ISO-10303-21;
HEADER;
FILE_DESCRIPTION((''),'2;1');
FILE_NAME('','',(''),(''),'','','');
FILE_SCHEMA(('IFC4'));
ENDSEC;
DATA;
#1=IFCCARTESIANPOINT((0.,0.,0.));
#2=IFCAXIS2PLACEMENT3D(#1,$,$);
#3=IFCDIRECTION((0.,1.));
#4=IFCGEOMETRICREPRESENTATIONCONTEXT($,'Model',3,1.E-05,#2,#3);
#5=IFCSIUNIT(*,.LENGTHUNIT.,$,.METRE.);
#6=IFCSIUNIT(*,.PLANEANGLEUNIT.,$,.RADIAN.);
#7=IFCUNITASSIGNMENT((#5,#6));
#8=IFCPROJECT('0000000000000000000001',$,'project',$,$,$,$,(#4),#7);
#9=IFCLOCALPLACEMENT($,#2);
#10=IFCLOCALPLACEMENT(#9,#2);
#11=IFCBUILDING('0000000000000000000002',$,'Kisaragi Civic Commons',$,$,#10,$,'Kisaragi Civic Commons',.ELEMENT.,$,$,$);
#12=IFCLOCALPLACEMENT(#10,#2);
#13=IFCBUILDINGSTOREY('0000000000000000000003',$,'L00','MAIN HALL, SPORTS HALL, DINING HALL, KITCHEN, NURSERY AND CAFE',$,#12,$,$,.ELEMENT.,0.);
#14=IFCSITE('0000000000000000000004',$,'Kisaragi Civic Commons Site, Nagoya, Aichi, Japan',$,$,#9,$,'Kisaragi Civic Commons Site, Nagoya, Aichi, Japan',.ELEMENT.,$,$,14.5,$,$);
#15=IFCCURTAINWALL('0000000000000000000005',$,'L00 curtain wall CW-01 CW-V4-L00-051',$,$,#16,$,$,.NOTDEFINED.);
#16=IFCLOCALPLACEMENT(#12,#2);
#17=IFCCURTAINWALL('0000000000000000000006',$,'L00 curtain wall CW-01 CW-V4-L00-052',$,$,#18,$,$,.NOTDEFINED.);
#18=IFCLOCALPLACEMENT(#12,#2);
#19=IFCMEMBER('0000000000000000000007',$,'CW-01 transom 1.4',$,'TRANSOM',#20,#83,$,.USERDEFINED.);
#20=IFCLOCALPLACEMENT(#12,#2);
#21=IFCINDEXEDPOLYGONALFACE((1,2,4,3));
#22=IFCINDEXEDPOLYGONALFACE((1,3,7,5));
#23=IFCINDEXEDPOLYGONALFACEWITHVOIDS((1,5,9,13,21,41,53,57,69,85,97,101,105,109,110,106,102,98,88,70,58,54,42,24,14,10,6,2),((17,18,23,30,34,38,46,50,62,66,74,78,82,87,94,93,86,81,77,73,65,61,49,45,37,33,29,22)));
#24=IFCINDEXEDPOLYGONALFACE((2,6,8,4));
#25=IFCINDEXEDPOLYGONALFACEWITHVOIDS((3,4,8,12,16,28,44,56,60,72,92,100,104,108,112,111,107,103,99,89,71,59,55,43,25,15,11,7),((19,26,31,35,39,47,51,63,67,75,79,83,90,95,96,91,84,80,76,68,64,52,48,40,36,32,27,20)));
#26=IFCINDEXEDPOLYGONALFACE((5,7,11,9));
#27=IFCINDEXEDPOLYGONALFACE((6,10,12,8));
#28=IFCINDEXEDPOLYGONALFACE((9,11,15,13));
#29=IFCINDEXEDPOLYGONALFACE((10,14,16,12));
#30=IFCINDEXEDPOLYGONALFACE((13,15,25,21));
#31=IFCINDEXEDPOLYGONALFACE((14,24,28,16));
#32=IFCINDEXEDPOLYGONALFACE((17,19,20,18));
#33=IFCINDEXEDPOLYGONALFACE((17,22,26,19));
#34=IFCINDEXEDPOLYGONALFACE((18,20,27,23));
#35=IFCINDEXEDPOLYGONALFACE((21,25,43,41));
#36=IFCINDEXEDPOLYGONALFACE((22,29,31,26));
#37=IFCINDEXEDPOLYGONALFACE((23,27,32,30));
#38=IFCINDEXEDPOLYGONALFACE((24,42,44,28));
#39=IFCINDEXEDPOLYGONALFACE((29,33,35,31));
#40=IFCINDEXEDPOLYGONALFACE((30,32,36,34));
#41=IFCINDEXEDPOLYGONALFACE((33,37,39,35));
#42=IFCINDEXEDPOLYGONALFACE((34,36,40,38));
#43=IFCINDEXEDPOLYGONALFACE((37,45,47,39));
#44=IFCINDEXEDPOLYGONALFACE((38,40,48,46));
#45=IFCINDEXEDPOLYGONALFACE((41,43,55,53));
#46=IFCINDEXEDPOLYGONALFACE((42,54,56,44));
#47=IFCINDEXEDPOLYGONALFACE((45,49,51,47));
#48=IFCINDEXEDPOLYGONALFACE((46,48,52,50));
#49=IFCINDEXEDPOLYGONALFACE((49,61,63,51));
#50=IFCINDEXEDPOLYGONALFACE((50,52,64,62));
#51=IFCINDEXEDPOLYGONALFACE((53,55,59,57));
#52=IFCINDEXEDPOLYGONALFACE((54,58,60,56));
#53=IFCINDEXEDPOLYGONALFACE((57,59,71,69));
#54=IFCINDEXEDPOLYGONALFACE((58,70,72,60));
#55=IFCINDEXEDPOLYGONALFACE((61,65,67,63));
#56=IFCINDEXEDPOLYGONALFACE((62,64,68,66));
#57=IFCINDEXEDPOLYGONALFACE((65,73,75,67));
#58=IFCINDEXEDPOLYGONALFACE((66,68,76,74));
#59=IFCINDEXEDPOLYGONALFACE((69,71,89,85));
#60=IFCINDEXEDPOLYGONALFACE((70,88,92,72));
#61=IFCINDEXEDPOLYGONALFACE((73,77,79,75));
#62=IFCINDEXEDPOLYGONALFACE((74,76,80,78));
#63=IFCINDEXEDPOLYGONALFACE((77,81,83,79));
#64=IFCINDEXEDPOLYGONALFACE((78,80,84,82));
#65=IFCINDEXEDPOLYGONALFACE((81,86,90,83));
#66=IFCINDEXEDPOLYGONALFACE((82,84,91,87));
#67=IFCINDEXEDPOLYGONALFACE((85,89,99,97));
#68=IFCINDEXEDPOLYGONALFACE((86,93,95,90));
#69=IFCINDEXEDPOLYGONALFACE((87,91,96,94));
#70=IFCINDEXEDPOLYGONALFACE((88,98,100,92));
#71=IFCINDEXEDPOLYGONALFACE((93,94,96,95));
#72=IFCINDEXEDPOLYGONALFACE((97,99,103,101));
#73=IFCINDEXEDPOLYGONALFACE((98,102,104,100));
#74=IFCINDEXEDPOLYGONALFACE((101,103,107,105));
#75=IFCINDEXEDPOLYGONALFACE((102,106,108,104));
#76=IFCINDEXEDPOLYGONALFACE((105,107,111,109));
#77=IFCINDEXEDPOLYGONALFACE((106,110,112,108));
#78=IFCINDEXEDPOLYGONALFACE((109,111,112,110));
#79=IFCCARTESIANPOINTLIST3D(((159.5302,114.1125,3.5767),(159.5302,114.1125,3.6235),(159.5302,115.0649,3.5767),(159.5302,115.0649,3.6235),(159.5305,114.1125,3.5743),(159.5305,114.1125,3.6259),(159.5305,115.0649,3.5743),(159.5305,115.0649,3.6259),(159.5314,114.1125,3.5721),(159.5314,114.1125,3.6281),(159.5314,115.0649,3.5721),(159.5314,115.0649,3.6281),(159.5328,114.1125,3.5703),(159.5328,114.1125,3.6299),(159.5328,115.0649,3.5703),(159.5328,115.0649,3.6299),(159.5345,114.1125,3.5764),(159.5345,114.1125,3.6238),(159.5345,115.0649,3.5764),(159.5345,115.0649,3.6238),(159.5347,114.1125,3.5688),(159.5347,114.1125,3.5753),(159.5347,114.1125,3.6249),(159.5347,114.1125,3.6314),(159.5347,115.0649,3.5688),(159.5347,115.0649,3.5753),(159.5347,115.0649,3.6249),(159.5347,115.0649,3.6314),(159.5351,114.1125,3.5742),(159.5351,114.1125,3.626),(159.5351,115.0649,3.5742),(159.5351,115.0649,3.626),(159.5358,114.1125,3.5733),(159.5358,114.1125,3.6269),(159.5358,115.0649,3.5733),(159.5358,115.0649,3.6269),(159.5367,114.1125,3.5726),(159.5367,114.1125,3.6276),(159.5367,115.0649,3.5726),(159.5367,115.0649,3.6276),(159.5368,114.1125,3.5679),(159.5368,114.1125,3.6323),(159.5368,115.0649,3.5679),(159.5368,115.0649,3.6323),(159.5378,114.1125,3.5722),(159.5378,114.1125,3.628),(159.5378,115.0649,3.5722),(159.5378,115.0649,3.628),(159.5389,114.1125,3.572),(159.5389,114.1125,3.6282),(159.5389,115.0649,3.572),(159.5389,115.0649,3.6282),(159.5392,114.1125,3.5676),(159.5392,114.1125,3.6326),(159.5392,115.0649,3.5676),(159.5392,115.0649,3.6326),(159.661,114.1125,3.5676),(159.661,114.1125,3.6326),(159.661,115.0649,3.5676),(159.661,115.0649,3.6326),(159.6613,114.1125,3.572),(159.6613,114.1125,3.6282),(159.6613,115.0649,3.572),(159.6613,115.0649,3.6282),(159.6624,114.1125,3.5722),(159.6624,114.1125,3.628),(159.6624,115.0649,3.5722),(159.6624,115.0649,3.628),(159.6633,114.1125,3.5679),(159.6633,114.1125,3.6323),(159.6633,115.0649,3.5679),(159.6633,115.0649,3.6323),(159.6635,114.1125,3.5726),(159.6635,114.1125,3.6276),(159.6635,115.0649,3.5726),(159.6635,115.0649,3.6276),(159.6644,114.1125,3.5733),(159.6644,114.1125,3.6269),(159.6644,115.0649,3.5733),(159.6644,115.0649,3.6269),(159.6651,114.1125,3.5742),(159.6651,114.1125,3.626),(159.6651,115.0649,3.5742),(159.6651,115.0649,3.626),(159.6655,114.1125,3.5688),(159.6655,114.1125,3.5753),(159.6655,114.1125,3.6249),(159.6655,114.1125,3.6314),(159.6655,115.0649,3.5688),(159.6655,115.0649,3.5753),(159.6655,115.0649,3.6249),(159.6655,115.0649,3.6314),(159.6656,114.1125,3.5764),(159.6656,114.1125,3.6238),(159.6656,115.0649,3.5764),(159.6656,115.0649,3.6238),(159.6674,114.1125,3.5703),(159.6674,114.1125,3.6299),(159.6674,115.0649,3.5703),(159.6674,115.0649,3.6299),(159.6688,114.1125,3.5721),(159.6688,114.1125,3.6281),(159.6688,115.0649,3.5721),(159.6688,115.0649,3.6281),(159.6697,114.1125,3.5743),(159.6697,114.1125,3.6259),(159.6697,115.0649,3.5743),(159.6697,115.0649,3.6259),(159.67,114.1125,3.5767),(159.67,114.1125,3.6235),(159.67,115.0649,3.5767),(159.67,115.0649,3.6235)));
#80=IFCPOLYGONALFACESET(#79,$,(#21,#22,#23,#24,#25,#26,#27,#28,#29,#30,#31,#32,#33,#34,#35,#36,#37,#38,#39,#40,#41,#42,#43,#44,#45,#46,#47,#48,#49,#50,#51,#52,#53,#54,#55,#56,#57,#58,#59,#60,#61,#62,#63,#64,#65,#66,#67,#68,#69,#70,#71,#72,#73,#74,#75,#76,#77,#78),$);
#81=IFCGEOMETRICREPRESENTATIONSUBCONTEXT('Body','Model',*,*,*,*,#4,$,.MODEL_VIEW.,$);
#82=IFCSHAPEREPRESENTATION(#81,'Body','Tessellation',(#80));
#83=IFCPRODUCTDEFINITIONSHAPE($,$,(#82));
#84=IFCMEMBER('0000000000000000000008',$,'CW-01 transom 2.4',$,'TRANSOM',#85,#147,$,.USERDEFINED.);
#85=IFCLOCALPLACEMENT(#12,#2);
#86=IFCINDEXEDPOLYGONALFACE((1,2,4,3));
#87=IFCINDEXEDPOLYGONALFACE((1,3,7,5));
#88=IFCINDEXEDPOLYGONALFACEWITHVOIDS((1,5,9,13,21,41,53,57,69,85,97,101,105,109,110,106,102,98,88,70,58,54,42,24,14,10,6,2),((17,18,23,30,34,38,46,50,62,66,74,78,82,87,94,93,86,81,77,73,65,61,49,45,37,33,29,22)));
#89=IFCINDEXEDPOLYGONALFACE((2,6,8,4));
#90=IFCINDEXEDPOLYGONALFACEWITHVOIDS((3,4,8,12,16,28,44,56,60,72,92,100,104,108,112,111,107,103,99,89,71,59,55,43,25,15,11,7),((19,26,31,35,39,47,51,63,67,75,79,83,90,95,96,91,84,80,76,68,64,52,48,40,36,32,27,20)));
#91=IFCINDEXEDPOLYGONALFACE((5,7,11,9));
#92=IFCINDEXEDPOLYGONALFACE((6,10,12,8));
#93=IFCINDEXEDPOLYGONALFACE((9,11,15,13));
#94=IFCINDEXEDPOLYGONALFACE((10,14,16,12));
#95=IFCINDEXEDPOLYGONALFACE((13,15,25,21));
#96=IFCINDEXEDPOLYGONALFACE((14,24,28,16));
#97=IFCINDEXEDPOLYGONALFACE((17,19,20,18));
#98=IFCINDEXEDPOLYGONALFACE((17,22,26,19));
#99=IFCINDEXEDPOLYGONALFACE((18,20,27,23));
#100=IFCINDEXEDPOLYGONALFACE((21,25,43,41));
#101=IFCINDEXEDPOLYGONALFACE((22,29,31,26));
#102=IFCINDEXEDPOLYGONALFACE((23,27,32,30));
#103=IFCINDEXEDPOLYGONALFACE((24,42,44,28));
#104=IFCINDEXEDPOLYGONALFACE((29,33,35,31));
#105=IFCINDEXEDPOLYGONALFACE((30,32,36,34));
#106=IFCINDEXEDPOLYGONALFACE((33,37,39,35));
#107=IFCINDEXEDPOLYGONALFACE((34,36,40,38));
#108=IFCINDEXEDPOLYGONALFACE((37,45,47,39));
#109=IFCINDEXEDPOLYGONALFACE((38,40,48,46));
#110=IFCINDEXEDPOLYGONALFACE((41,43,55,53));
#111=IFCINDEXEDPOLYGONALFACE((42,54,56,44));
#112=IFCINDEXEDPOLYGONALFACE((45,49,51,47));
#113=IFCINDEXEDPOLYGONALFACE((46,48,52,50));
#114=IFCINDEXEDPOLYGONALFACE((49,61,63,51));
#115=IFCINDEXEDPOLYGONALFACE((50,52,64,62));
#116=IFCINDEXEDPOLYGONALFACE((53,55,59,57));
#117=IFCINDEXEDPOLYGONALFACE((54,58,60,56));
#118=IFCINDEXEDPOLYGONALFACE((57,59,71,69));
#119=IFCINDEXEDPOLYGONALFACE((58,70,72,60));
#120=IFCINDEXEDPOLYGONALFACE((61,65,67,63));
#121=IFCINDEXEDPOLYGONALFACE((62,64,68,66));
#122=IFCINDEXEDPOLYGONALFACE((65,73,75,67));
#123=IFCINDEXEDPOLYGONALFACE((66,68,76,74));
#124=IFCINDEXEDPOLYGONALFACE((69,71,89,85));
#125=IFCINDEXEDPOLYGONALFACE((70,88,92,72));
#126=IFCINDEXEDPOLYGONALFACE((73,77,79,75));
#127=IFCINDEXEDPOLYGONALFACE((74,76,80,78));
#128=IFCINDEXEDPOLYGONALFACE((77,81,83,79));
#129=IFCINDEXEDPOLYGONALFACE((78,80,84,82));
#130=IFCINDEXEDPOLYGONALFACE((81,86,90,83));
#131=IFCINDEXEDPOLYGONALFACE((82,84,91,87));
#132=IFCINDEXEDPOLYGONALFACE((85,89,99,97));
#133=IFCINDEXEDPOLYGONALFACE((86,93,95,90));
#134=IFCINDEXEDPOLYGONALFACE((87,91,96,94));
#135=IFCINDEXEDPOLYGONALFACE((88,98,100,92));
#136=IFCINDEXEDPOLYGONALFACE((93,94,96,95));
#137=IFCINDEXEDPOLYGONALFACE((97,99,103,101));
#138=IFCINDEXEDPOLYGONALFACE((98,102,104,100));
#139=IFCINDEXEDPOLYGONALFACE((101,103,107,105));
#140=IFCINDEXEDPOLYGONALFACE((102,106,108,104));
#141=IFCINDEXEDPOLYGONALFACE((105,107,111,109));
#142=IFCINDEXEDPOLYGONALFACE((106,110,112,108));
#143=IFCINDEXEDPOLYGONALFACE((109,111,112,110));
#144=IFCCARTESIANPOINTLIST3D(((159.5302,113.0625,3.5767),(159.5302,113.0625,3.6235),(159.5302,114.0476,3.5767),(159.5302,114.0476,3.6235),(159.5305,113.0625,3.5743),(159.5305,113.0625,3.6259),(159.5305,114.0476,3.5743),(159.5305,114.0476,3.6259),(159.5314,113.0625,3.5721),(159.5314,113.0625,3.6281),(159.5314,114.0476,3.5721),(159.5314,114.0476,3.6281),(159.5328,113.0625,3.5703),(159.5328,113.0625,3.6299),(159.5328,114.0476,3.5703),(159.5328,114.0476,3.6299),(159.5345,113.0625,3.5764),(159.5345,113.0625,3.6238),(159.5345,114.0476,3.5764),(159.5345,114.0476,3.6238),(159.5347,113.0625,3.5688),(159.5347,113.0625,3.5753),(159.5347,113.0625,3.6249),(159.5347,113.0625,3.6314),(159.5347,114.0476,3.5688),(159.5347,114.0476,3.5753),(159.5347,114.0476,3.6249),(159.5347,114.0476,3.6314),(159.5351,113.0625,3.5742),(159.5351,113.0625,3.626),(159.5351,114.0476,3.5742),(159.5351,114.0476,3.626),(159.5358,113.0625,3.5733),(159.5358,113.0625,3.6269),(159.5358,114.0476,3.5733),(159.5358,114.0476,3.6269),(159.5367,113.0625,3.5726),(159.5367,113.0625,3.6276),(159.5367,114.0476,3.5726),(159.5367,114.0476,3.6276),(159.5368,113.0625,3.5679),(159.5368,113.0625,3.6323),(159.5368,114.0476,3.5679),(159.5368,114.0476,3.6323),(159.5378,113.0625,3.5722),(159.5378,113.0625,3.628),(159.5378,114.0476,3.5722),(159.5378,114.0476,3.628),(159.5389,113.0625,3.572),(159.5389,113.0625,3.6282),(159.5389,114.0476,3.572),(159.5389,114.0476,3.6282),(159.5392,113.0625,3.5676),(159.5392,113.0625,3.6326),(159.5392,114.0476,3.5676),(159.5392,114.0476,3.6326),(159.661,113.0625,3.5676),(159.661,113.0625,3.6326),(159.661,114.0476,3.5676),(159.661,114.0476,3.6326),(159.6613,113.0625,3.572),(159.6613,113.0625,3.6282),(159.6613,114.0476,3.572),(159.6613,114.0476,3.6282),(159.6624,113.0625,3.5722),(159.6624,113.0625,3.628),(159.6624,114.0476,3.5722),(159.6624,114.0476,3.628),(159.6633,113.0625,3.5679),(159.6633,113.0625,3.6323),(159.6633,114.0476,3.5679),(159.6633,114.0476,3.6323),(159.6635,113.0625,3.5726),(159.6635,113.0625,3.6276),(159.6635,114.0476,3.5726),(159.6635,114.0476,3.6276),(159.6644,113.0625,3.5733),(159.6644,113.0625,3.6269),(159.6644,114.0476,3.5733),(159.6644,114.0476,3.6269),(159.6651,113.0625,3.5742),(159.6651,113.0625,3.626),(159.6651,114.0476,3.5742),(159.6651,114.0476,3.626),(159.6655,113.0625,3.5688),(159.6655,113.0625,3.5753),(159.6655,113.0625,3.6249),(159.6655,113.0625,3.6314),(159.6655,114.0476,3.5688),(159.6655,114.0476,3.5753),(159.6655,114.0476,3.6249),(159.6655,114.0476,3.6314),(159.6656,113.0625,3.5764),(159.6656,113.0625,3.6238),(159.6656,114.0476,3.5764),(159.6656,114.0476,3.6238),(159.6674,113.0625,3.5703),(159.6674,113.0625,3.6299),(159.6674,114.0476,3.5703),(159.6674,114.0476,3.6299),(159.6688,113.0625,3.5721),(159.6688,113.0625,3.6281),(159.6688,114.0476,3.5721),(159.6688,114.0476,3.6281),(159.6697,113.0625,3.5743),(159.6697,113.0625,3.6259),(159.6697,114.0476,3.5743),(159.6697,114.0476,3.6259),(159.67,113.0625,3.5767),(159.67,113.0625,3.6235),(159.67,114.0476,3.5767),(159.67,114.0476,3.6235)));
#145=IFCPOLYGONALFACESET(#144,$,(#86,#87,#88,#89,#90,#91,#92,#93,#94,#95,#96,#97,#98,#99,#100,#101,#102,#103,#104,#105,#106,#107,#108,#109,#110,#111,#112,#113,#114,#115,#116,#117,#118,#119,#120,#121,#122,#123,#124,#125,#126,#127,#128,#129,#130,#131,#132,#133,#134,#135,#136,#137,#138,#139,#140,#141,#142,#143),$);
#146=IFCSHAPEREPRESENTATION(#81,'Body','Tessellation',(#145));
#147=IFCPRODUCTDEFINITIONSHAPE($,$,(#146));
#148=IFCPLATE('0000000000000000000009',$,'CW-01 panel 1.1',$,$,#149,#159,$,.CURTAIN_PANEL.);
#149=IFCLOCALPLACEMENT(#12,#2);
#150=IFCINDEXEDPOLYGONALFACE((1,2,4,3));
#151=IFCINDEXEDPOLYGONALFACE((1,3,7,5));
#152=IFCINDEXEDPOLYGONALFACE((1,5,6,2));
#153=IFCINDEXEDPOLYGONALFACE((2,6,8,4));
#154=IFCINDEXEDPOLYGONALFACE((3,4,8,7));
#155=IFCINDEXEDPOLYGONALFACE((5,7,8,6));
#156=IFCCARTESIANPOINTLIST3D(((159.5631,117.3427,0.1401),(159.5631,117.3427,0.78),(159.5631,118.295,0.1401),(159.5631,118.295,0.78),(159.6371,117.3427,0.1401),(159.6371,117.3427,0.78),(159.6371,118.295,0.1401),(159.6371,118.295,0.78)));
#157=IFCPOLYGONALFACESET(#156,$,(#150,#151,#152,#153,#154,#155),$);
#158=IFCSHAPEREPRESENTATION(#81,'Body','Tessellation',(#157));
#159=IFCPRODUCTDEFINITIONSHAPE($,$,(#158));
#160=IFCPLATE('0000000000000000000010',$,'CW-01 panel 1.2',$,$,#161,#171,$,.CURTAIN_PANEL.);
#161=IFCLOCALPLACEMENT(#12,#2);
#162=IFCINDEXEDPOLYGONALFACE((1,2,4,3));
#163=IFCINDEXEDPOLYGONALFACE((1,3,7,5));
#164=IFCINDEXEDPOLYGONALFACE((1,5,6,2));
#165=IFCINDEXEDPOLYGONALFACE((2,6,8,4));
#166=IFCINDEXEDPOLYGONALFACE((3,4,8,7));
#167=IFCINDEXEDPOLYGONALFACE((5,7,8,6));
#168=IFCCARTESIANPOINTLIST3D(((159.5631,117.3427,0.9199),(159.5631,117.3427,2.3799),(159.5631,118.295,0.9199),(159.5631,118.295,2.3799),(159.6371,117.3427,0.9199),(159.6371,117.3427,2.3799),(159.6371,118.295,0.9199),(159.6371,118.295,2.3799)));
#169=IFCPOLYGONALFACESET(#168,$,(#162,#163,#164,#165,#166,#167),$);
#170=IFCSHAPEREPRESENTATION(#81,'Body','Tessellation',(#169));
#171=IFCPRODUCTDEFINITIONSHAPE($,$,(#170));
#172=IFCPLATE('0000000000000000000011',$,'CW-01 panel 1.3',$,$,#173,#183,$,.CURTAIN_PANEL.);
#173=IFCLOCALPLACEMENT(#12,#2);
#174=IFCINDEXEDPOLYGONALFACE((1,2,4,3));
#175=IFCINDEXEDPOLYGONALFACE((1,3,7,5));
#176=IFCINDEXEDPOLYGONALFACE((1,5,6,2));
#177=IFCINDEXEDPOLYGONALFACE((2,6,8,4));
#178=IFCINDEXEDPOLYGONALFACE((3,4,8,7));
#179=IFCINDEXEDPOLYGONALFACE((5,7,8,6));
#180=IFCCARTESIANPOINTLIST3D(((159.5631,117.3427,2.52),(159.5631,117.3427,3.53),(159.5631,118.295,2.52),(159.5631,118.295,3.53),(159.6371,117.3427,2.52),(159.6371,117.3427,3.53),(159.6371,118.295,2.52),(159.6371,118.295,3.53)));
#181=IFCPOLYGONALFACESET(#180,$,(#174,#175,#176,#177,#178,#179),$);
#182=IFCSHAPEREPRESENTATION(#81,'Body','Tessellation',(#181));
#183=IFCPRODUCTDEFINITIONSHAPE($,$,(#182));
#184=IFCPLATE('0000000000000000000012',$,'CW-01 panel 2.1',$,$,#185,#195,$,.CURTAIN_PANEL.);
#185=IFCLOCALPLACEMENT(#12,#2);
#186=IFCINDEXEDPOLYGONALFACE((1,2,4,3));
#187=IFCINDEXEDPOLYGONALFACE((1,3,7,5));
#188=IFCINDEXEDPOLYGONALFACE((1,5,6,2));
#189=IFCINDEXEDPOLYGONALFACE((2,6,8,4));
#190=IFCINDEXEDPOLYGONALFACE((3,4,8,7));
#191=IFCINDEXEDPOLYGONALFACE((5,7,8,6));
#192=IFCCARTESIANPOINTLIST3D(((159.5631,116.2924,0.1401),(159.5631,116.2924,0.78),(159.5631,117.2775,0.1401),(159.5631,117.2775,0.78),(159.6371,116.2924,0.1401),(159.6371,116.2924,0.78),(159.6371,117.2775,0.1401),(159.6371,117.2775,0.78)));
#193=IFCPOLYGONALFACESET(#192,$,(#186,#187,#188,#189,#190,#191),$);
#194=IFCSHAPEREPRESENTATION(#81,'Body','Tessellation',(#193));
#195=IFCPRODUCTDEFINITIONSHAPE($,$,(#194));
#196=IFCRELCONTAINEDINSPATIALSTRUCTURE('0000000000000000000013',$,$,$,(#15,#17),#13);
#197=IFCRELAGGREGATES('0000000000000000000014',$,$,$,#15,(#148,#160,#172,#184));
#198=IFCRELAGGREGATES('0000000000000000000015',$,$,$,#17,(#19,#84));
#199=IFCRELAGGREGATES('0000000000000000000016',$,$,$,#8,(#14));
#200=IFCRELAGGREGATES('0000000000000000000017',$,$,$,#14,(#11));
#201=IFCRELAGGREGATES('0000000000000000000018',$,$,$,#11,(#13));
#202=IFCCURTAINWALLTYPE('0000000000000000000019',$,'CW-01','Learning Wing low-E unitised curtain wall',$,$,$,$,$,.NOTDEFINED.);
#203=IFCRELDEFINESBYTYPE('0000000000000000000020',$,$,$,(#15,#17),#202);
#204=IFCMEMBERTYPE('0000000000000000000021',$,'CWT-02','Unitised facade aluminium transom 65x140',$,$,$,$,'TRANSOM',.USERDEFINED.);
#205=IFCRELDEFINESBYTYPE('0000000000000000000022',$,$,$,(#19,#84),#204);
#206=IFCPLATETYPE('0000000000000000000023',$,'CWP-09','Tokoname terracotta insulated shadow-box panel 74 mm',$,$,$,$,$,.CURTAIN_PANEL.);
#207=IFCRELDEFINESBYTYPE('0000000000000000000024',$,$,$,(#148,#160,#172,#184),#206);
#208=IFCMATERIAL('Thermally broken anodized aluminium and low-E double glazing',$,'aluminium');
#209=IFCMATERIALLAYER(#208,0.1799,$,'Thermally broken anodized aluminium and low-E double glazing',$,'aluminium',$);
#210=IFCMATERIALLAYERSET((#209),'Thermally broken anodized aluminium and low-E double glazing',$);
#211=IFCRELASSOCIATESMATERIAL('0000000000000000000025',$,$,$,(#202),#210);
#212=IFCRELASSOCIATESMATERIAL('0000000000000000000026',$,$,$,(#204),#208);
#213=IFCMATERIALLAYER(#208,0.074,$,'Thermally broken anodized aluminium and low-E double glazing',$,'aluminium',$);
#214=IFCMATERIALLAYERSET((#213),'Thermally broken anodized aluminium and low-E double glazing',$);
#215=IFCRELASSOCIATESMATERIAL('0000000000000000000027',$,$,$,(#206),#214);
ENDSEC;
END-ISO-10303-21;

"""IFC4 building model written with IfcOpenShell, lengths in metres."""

from ifc_helpers import new_model, si_unit, direction, frame, origin, origin_2d, place, context, subcontext, project, spatial, rectangle, hollow_rectangle, extrude, material, layer, layer_set, material_profile, profile_set, type_object, element, aggregate, save


model = new_model("IFC4")

# Units and contexts
model_context = context("Model", 3, precision=1e-05, world=origin(), true_north=direction((0.0, 1.0)))
body_context = subcontext(model_context, "Body", "Model", "MODEL_VIEW")
ifc_project = project(units=[si_unit("LENGTHUNIT", "METRE"), si_unit("PLANEANGLEUNIT", "RADIAN")], contexts=[model_context])

# Site, building, storey
site_placement = place(None, origin())
site = spatial("IfcSite", under=ifc_project, at=site_placement, Name="Kisaragi Civic Commons Site, Nagoya, Aichi, Japan", LongName="Kisaragi Civic Commons Site, Nagoya, Aichi, Japan", CompositionType="ELEMENT", RefElevation=14.5)
building_placement = place(site_placement, origin())
building = spatial("IfcBuilding", under=site, at=building_placement, Name="Kisaragi Civic Commons", LongName="Kisaragi Civic Commons", CompositionType="ELEMENT")
storey_placement = place(building_placement, origin())
storey = spatial("IfcBuildingStorey", under=building, at=storey_placement, Name="L00", Description="MAIN HALL, SPORTS HALL, DINING HALL, KITCHEN, NURSERY AND CAFE", CompositionType="ELEMENT", Elevation=0.0)

# Curtain walls
ifc_material_1 = material(Name="Thermally broken anodized aluminium and low-E double glazing", Category="aluminium")
ifc_layer_1 = layer(ifc_material_1, 0.1799, Name="Thermally broken anodized aluminium and low-E double glazing", Category="aluminium")
ifc_layer_set_1 = layer_set([ifc_layer_1], Name="Thermally broken anodized aluminium and low-E double glazing")
curtain_wall_type = type_object("IfcCurtainWallType", Name="CW-01", Description="Learning Wing low-E unitised curtain wall", PredefinedType="NOTDEFINED", material=ifc_layer_set_1)
curtain_wall_1_placement = place(storey_placement, origin())
curtain_wall_1 = element("IfcCurtainWall", 1, at=curtain_wall_1_placement, inside=storey, type_object=curtain_wall_type, Name="L00 curtain wall CW-01 CW-V4-L00-051", PredefinedType="NOTDEFINED")
curtain_wall_2_placement = place(storey_placement, origin())
curtain_wall_2 = element("IfcCurtainWall", 2, at=curtain_wall_2_placement, inside=storey, type_object=curtain_wall_type, Name="L00 curtain wall CW-01 CW-V4-L00-052", PredefinedType="NOTDEFINED")

# Members
ifc_material_profile_1 = material_profile(ifc_material_1, hollow_rectangle(XDim=0.1399, YDim=0.0649, WallThickness=0.0044, InnerFilletRadius=0.0044, OuterFilletRadius=0.009, at=origin_2d()), Name="CWT-65x140x4.5", Category="aluminium")
ifc_profile_set_1 = profile_set([ifc_material_profile_1], Name="Thermally broken anodized aluminium and low-E double glazing")
member_type_1 = type_object("IfcMemberType", Name="CWT-02", Description="Unitised facade aluminium transom 65x140", ElementType="TRANSOM", PredefinedType="USERDEFINED", material=ifc_profile_set_1)
member_1_placement = place(storey_placement, frame((159.6001, 115.0649, 3.6001), z_axis=(0.0, -1.0, 0.0), x_axis=(1.0, 0.0, 0.0)))
member_1 = element("IfcMember", 3, at=member_1_placement, type_object=member_type_1, Name="CW-01 transom 1.4", ObjectType="TRANSOM", PredefinedType="USERDEFINED", context=body_context, shape_type="SweptSolid", body=[
    extrude(hollow_rectangle(XDim=0.1399, YDim=0.0649, WallThickness=0.0044, InnerFilletRadius=0.0044, OuterFilletRadius=0.009, at=origin_2d()), origin(), (0.0, 0.0, 1.0), 0.9524),
])
member_2_placement = place(storey_placement, frame((159.6001, 114.0476, 3.6001), z_axis=(0.0, -1.0, 0.0), x_axis=(1.0, 0.0, 0.0)))
member_2 = element("IfcMember", 4, at=member_2_placement, type_object=member_type_1, Name="CW-01 transom 2.4", ObjectType="TRANSOM", PredefinedType="USERDEFINED", context=body_context, shape_type="SweptSolid", body=[
    extrude(hollow_rectangle(XDim=0.1399, YDim=0.0649, WallThickness=0.0044, InnerFilletRadius=0.0044, OuterFilletRadius=0.009, at=origin_2d()), origin(), (0.0, 0.0, 1.0), 0.9851),
])

# Plates
ifc_layer_2 = layer(ifc_material_1, 0.074, Name="Thermally broken anodized aluminium and low-E double glazing", Category="aluminium")
ifc_layer_set_2 = layer_set([ifc_layer_2], Name="Thermally broken anodized aluminium and low-E double glazing")
plate_type_1 = type_object("IfcPlateType", Name="CWP-09", Description="Tokoname terracotta insulated shadow-box panel 74 mm", PredefinedType="CURTAIN_PANEL", material=ifc_layer_set_2)
plate_1_placement = place(storey_placement, frame((159.6001, 117.8188, 0.1401), z_axis=(0.0, 0.0, 1.0), x_axis=(0.0, -1.0, 0.0)))
plate_1 = element("IfcPlate", 5, at=plate_1_placement, type_object=plate_type_1, Name="CW-01 panel 1.1", PredefinedType="CURTAIN_PANEL", context=body_context, shape_type="SweptSolid", body=[
    extrude(rectangle(XDim=0.9524, YDim=0.074, at=origin_2d()), origin(), (0.0, 0.0, 1.0), 0.6399),
])
plate_2_placement = place(storey_placement, frame((159.6001, 117.8188, 0.9199), z_axis=(0.0, 0.0, 1.0), x_axis=(0.0, -1.0, 0.0)))
plate_2 = element("IfcPlate", 6, at=plate_2_placement, type_object=plate_type_1, Name="CW-01 panel 1.2", PredefinedType="CURTAIN_PANEL", context=body_context, shape_type="SweptSolid", body=[
    extrude(rectangle(XDim=0.9524, YDim=0.074, at=origin_2d()), origin(), (0.0, 0.0, 1.0), 1.46),
])
plate_3_placement = place(storey_placement, frame((159.6001, 117.8188, 2.52), z_axis=(0.0, 0.0, 1.0), x_axis=(0.0, -1.0, 0.0)))
plate_3 = element("IfcPlate", 7, at=plate_3_placement, type_object=plate_type_1, Name="CW-01 panel 1.3", PredefinedType="CURTAIN_PANEL", context=body_context, shape_type="SweptSolid", body=[
    extrude(rectangle(XDim=0.9524, YDim=0.074, at=origin_2d()), origin(), (0.0, 0.0, 1.0), 1.01),
])
plate_4_placement = place(storey_placement, frame((159.6001, 116.7849, 0.1401), z_axis=(0.0, 0.0, 1.0), x_axis=(0.0, -1.0, 0.0)))
plate_4 = element("IfcPlate", 8, at=plate_4_placement, type_object=plate_type_1, Name="CW-01 panel 2.1", PredefinedType="CURTAIN_PANEL", context=body_context, shape_type="SweptSolid", body=[
    extrude(rectangle(XDim=0.9851, YDim=0.074, at=origin_2d()), origin(), (0.0, 0.0, 1.0), 0.6399),
])
aggregate(curtain_wall_1, [plate_1, plate_2, plate_3, plate_4])
aggregate(curtain_wall_2, [member_1, member_2])

save(model, "model.ifc")
